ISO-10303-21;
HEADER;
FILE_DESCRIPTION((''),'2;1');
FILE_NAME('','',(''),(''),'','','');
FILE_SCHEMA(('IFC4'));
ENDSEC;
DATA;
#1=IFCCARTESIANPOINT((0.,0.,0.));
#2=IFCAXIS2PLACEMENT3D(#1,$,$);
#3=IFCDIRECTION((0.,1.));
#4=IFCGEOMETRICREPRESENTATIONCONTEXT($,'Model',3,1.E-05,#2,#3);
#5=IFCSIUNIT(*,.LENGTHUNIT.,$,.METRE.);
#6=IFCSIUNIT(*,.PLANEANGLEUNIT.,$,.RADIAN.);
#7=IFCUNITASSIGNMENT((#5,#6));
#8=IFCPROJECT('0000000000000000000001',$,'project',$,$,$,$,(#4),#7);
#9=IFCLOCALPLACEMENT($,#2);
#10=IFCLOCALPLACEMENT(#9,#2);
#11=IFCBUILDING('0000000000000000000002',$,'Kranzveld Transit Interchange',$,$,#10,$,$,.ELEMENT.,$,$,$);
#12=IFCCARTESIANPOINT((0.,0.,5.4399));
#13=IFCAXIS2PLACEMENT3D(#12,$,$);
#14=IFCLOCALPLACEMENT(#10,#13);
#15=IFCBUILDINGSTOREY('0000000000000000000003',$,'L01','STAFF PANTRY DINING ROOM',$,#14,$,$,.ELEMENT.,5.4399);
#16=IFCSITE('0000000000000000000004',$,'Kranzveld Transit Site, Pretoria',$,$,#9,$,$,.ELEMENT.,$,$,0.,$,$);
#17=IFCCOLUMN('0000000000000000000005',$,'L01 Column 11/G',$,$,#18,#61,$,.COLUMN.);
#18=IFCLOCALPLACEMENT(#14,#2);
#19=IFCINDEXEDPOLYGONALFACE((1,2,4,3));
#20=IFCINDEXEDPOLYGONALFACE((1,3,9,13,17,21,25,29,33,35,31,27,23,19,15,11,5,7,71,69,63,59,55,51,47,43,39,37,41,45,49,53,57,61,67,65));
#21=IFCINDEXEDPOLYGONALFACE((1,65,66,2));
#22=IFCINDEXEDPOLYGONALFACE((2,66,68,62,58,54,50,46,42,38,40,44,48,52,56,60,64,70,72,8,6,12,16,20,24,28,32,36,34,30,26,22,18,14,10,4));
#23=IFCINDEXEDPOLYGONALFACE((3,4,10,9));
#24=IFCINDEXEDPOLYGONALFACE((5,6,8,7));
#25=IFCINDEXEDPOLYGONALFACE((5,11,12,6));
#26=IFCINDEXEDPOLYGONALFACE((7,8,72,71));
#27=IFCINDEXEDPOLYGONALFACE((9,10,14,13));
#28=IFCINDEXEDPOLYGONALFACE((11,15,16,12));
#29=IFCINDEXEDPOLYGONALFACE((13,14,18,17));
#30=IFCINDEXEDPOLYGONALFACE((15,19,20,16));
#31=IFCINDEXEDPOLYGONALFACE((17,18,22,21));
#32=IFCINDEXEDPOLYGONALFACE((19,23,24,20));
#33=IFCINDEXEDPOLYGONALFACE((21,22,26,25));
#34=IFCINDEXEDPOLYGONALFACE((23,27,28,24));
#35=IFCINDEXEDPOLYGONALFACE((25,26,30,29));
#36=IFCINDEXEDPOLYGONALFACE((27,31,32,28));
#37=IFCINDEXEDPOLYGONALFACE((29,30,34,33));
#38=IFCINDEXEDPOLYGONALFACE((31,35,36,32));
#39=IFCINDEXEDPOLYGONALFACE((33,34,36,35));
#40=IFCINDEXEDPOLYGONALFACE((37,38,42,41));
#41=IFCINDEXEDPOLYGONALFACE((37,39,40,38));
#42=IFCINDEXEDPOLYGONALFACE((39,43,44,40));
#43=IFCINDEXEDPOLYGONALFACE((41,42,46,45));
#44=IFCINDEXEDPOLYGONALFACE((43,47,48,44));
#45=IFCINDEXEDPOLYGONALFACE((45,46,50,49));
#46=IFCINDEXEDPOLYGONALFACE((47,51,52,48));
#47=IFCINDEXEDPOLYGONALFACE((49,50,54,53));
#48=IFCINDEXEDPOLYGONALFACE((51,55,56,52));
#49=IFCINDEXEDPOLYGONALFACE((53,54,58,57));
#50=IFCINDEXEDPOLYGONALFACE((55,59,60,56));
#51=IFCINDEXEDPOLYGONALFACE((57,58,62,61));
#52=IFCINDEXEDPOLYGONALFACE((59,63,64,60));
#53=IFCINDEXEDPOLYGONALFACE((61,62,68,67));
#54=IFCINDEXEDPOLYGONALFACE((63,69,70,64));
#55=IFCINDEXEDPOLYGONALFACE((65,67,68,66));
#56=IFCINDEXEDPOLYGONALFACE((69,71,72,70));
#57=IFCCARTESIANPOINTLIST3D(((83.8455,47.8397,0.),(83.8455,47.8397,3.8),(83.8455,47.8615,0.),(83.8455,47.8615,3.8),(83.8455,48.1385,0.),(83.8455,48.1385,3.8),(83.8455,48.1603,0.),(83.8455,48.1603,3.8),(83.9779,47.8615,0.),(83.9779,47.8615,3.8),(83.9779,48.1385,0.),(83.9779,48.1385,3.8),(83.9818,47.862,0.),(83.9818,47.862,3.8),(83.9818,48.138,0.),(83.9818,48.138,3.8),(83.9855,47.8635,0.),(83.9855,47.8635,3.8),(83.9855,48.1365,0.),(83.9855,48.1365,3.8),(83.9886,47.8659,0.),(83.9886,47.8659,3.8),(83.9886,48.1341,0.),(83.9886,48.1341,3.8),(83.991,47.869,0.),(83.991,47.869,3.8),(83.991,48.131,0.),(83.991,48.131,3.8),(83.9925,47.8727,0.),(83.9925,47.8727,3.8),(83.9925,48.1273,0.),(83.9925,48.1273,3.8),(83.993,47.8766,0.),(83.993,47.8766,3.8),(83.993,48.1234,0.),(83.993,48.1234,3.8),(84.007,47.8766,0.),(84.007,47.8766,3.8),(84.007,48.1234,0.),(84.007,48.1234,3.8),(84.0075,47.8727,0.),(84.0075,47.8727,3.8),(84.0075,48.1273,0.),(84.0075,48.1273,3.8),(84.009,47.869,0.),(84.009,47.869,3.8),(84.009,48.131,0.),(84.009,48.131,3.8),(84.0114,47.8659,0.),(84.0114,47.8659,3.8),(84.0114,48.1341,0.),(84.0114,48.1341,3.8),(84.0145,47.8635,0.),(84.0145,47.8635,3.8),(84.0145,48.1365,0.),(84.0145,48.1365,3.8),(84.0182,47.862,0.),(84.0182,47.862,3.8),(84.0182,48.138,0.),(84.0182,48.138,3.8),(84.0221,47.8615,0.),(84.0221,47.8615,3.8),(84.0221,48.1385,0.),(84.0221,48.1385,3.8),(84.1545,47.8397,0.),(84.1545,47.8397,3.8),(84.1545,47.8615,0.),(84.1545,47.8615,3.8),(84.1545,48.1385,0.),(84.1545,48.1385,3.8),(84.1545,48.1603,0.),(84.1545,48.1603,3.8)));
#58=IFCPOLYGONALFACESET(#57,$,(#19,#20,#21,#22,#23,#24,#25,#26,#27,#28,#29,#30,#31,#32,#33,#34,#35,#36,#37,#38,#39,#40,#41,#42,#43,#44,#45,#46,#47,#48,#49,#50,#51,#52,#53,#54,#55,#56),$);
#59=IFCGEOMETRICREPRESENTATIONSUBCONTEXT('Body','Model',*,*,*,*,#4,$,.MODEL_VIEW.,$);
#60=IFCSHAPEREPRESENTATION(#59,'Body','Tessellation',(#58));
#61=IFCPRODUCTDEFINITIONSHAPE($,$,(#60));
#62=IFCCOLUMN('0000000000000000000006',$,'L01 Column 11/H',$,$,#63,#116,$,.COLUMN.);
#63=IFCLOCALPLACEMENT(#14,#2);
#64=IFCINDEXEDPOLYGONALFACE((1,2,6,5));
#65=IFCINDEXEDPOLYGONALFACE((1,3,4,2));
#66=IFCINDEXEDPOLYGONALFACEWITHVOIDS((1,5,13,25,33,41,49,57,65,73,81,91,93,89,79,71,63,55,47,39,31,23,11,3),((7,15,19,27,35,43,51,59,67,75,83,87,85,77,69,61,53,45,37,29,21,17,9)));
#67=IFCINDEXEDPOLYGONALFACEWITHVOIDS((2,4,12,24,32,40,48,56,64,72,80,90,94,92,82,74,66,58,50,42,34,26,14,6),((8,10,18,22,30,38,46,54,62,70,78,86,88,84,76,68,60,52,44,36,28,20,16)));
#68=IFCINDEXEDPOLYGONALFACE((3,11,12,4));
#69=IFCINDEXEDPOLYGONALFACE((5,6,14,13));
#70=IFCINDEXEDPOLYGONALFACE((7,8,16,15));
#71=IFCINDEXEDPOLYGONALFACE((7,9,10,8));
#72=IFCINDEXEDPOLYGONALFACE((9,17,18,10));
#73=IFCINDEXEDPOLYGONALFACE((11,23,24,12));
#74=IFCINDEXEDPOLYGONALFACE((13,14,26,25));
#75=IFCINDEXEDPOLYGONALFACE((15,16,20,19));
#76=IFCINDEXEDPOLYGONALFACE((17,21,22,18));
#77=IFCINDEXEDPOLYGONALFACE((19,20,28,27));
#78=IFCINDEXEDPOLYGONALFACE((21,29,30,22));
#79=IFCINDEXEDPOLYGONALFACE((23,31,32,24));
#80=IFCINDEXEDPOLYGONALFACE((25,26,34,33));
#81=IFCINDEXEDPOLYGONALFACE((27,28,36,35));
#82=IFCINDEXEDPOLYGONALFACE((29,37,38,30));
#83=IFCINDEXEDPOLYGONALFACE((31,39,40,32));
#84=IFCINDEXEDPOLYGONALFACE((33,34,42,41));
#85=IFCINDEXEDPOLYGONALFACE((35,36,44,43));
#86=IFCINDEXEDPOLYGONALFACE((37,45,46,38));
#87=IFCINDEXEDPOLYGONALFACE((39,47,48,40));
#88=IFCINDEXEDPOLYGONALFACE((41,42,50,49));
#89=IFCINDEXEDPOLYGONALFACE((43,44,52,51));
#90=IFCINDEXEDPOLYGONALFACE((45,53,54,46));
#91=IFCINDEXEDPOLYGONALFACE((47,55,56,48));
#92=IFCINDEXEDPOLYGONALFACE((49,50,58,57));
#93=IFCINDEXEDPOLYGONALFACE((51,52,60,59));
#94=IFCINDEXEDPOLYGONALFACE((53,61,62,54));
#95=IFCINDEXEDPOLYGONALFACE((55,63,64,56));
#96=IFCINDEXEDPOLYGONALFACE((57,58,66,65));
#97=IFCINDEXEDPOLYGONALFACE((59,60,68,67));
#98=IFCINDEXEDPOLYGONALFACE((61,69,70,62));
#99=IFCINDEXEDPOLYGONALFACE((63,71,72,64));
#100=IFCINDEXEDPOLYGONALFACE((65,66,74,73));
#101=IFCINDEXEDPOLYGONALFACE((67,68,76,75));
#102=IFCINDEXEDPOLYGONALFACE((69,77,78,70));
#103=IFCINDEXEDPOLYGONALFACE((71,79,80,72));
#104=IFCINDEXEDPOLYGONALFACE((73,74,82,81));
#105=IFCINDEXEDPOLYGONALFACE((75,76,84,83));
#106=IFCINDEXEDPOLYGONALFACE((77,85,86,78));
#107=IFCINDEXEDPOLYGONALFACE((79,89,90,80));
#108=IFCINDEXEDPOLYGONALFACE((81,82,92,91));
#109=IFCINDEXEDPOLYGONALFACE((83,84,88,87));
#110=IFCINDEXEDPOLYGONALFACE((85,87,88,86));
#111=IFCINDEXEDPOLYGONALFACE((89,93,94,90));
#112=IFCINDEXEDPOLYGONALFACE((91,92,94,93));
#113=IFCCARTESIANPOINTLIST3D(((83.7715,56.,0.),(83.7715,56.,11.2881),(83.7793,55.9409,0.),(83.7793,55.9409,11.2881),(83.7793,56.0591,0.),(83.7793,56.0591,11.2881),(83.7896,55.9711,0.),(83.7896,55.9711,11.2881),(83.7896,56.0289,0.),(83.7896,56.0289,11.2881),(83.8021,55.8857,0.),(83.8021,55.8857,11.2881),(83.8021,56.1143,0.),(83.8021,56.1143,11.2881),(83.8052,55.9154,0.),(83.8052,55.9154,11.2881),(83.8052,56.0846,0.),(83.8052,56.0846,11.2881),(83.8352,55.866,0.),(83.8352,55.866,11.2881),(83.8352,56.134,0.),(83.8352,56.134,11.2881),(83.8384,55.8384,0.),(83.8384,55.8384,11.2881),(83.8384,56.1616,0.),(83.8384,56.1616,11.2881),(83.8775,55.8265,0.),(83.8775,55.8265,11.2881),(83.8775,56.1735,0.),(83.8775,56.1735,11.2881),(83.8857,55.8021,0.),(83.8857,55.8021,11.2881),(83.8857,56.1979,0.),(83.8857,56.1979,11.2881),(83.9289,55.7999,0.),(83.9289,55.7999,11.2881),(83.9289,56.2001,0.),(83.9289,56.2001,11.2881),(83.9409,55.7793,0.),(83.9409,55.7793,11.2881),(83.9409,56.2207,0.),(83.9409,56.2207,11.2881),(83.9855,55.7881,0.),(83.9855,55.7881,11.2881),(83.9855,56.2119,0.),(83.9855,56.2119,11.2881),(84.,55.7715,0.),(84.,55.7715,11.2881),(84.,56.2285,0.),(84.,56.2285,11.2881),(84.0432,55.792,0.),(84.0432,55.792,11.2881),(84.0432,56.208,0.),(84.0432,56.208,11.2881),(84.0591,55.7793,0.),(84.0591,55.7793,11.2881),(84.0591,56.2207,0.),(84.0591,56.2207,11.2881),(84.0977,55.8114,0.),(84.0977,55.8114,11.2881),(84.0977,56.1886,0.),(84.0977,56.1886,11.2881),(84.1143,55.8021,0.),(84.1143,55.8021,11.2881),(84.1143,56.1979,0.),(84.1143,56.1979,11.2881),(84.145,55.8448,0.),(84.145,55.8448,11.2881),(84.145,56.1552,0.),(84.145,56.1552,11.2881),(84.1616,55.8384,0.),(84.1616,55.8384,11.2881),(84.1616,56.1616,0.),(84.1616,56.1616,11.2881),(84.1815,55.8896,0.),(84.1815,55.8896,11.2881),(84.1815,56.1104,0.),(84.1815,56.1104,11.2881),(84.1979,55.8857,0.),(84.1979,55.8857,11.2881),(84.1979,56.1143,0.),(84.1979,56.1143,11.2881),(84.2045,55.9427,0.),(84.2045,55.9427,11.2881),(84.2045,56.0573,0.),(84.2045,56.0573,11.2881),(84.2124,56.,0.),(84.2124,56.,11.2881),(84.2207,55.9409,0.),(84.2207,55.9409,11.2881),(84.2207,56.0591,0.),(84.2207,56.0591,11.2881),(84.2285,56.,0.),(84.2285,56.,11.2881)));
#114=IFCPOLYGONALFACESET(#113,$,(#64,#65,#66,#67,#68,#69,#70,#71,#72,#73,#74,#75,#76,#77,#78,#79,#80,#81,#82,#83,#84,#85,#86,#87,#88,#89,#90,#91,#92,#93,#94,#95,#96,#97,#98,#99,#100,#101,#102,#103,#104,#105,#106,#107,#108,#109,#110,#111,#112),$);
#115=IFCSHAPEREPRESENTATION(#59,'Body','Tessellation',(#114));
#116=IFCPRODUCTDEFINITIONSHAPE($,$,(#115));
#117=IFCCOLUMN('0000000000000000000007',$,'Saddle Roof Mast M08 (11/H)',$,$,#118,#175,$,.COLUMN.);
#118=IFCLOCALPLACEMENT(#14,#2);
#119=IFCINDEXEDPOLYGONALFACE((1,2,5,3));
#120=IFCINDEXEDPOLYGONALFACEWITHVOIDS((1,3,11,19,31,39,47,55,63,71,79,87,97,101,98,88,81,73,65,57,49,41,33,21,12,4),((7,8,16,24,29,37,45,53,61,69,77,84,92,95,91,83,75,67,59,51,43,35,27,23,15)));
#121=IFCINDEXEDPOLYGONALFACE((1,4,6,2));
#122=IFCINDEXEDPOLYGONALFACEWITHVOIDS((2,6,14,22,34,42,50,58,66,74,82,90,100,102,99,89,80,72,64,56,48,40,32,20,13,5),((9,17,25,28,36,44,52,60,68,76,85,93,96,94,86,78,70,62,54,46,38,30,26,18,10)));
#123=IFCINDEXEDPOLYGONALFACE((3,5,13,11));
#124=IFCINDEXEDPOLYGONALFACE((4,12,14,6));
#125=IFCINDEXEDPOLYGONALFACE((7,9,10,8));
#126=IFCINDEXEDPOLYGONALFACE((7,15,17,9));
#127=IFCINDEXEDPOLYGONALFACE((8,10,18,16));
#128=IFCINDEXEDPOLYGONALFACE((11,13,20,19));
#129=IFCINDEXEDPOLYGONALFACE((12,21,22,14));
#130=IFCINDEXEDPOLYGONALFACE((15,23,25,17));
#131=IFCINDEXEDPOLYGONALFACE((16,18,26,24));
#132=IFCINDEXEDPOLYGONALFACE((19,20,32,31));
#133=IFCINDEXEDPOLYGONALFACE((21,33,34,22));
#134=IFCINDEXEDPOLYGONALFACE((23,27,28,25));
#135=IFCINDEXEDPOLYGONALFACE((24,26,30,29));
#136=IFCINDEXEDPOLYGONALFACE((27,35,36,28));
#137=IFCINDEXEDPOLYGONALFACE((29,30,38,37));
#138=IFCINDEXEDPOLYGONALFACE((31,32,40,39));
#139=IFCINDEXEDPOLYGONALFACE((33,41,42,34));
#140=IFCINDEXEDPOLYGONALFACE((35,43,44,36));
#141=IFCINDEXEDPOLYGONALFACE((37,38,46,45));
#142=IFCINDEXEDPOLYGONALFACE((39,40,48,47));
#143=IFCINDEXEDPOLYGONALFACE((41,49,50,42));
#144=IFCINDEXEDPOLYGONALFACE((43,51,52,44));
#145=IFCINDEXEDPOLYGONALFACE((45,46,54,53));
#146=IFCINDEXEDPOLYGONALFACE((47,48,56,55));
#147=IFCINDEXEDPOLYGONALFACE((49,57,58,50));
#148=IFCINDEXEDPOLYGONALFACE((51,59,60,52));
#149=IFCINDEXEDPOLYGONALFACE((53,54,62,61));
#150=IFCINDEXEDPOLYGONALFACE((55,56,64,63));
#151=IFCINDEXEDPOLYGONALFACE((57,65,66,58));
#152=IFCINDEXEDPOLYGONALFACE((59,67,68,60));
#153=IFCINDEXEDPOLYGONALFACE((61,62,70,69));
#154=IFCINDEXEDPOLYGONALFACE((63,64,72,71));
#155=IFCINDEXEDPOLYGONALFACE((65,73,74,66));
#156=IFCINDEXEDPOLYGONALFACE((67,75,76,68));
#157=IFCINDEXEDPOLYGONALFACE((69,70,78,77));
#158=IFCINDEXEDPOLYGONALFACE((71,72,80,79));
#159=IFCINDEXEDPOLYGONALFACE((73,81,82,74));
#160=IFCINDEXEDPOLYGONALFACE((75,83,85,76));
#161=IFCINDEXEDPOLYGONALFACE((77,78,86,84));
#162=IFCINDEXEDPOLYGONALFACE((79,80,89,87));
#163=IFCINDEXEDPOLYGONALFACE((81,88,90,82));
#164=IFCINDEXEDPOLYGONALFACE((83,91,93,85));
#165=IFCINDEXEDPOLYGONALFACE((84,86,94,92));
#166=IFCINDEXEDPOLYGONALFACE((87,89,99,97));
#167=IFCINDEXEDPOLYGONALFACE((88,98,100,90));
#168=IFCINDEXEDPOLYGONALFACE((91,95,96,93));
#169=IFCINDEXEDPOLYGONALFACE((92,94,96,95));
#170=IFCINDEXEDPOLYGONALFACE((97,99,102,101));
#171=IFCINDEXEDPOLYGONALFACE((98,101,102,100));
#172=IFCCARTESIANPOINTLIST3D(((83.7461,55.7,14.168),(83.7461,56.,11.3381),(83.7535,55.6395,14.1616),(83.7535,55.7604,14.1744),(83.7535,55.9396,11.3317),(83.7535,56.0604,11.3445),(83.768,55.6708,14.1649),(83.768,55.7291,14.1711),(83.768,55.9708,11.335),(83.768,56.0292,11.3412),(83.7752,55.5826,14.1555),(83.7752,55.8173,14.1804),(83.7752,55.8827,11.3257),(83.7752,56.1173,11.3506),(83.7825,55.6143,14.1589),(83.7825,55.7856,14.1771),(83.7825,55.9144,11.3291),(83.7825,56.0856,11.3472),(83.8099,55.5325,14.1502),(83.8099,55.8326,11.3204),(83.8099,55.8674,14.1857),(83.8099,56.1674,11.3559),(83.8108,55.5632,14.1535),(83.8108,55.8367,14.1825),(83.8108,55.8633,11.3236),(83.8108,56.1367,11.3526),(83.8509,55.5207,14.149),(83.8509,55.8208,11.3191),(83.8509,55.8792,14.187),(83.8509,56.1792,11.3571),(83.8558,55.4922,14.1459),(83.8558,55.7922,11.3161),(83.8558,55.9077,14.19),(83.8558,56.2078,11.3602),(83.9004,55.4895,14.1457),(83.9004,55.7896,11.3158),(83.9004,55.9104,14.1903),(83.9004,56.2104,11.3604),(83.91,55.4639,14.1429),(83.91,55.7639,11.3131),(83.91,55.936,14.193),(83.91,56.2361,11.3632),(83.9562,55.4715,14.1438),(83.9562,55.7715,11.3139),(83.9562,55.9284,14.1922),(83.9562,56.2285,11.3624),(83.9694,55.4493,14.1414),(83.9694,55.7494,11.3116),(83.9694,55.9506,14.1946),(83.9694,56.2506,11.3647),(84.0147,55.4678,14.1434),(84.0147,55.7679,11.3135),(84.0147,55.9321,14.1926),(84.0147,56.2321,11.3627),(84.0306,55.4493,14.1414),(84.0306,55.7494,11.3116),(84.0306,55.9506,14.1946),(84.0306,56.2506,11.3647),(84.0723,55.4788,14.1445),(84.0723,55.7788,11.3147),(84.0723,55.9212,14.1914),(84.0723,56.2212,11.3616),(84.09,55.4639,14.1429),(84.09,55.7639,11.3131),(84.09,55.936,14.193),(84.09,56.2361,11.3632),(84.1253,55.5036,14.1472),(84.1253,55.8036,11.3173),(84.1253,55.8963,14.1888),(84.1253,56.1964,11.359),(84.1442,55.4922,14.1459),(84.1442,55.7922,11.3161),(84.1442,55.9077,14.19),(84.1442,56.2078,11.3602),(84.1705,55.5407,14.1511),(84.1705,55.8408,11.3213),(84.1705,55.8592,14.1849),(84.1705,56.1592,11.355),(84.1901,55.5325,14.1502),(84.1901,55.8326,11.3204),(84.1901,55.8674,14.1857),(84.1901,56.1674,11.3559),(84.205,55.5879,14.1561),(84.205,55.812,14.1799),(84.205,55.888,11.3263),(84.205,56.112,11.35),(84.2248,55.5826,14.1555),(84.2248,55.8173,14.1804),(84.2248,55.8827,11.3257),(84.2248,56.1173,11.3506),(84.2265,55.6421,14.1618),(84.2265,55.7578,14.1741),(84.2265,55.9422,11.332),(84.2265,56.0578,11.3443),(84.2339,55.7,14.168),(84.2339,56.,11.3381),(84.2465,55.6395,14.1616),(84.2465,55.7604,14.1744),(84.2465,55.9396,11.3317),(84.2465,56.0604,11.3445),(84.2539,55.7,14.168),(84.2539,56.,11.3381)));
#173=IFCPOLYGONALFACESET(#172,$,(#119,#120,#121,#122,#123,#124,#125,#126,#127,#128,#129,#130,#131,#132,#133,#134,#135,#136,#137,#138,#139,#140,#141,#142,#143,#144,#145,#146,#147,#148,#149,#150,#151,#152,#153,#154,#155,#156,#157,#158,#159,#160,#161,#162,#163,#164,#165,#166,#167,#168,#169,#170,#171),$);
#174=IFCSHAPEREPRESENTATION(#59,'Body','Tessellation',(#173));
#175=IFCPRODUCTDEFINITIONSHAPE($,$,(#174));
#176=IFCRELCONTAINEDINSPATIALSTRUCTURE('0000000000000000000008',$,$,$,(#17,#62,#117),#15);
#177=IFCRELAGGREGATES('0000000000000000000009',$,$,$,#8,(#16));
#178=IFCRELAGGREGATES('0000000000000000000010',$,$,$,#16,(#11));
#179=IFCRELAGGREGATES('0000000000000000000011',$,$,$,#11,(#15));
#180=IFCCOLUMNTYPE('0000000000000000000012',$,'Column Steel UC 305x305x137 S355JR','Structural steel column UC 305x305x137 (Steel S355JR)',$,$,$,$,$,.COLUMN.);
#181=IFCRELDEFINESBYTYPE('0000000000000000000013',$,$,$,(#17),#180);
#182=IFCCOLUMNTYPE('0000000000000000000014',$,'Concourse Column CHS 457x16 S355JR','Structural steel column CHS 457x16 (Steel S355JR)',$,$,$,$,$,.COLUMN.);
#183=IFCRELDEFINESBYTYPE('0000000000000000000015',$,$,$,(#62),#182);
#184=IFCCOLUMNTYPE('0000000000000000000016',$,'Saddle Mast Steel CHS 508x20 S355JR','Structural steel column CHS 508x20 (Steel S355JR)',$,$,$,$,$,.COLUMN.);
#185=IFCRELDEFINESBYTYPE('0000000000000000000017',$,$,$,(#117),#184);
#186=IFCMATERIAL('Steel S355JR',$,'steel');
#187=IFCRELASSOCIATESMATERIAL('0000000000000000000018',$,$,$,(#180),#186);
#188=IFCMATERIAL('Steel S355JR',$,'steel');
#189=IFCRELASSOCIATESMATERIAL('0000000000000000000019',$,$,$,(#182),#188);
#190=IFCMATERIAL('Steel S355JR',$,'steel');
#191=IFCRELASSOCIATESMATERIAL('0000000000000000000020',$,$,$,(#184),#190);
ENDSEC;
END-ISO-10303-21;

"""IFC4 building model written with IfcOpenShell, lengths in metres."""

from ifc_helpers import new_model, si_unit, direction, frame, origin, origin_2d, place, context, subcontext, project, spatial, hollow_circle, i_section, extrude, material, material_profile, profile_set, type_object, element, save


model = new_model("IFC4")

# Units and contexts
model_context = context("Model", 3, precision=1e-05, world=origin(), true_north=direction((0.0, 1.0)))
body_context = subcontext(model_context, "Body", "Model", "MODEL_VIEW")
ifc_project = project(units=[si_unit("LENGTHUNIT", "METRE"), si_unit("PLANEANGLEUNIT", "RADIAN")], contexts=[model_context])

# Site, building, storey
site_placement = place(None, origin())
site = spatial("IfcSite", under=ifc_project, at=site_placement, Name="Kranzveld Transit Site, Pretoria", CompositionType="ELEMENT", RefElevation=0.0)
building_placement = place(site_placement, origin())
building = spatial("IfcBuilding", under=site, at=building_placement, Name="Kranzveld Transit Interchange", CompositionType="ELEMENT")
storey_placement = place(building_placement, frame((0.0, 0.0, 5.4399)))
storey = spatial("IfcBuildingStorey", under=building, at=storey_placement, Name="L01", Description="STAFF PANTRY DINING ROOM", CompositionType="ELEMENT", Elevation=5.4399)

# Columns
ifc_material_1 = material(Name="Steel S355JR", Category="steel")
ifc_material_profile_1 = material_profile(ifc_material_1, i_section(OverallWidth=0.3091, OverallDepth=0.3206, WebThickness=0.0139, FlangeThickness=0.0217, FilletRadius=0.0151, at=origin_2d()), Name="UC 305x305x137")
ifc_profile_set_1 = profile_set([ifc_material_profile_1], Name="Steel S355JR")
column_type_1 = type_object("IfcColumnType", Name="Column Steel UC 305x305x137 S355JR", Description="Structural steel column UC 305x305x137 (Steel S355JR)", PredefinedType="COLUMN", material=ifc_profile_set_1)
column_1_placement = place(storey_placement, frame((84.0, 48.0, 0.0), z_axis=(0.0, 0.0, 1.0), x_axis=(1.0, 0.0, 0.0)))
element("IfcColumn", 1, at=column_1_placement, inside=storey, type_object=column_type_1, Name="L01 Column 11/G", PredefinedType="COLUMN", context=body_context, shape_type="SweptSolid", body=[
    extrude(i_section(OverallWidth=0.3091, OverallDepth=0.3206, WebThickness=0.0139, FlangeThickness=0.0217, FilletRadius=0.0151, at=origin_2d()), origin(), (0.0, 0.0, 1.0), 3.8),
])
ifc_material_2 = material(Name="Steel S355JR", Category="steel")
ifc_material_profile_2 = material_profile(ifc_material_2, hollow_circle(Radius=0.2285, WallThickness=0.0161, at=origin_2d()), Name="CHS 457x16")
ifc_profile_set_2 = profile_set([ifc_material_profile_2], Name="Steel S355JR")
column_type_2 = type_object("IfcColumnType", Name="Concourse Column CHS 457x16 S355JR", Description="Structural steel column CHS 457x16 (Steel S355JR)", PredefinedType="COLUMN", material=ifc_profile_set_2)
column_2_placement = place(storey_placement, frame((84.0, 56.0, 0.0), z_axis=(0.0, 0.0, 1.0), x_axis=(1.0, 0.0, 0.0)))
element("IfcColumn", 2, at=column_2_placement, inside=storey, type_object=column_type_2, Name="L01 Column 11/H", PredefinedType="COLUMN", context=body_context, shape_type="SweptSolid", body=[
    extrude(hollow_circle(Radius=0.2285, WallThickness=0.0161, at=origin_2d()), origin(), (0.0, 0.0, 1.0), 11.2881),
])
ifc_material_3 = material(Name="Steel S355JR", Category="steel")
ifc_material_profile_3 = material_profile(ifc_material_3, hollow_circle(Radius=0.2539, WallThickness=0.02, at=origin_2d()), Name="CHS 508x20")
ifc_profile_set_3 = profile_set([ifc_material_profile_3], Name="Steel S355JR")
column_type_3 = type_object("IfcColumnType", Name="Saddle Mast Steel CHS 508x20 S355JR", Description="Structural steel column CHS 508x20 (Steel S355JR)", PredefinedType="COLUMN", material=ifc_profile_set_3)
column_3_placement = place(storey_placement, frame((84.0, 56.0, 11.3381), z_axis=(0.0, -0.105439, 0.994426), x_axis=(1.0, 0.0, 0.0)))
element("IfcColumn", 3, at=column_3_placement, inside=storey, type_object=column_type_3, Name="Saddle Roof Mast M08 (11/H)", PredefinedType="COLUMN", context=body_context, shape_type="SweptSolid", body=[
    extrude(hollow_circle(Radius=0.2539, WallThickness=0.02, at=origin_2d()), origin(), (0.0, 0.0, 1.0), 2.8457),
])

save(model, "model.ifc")
